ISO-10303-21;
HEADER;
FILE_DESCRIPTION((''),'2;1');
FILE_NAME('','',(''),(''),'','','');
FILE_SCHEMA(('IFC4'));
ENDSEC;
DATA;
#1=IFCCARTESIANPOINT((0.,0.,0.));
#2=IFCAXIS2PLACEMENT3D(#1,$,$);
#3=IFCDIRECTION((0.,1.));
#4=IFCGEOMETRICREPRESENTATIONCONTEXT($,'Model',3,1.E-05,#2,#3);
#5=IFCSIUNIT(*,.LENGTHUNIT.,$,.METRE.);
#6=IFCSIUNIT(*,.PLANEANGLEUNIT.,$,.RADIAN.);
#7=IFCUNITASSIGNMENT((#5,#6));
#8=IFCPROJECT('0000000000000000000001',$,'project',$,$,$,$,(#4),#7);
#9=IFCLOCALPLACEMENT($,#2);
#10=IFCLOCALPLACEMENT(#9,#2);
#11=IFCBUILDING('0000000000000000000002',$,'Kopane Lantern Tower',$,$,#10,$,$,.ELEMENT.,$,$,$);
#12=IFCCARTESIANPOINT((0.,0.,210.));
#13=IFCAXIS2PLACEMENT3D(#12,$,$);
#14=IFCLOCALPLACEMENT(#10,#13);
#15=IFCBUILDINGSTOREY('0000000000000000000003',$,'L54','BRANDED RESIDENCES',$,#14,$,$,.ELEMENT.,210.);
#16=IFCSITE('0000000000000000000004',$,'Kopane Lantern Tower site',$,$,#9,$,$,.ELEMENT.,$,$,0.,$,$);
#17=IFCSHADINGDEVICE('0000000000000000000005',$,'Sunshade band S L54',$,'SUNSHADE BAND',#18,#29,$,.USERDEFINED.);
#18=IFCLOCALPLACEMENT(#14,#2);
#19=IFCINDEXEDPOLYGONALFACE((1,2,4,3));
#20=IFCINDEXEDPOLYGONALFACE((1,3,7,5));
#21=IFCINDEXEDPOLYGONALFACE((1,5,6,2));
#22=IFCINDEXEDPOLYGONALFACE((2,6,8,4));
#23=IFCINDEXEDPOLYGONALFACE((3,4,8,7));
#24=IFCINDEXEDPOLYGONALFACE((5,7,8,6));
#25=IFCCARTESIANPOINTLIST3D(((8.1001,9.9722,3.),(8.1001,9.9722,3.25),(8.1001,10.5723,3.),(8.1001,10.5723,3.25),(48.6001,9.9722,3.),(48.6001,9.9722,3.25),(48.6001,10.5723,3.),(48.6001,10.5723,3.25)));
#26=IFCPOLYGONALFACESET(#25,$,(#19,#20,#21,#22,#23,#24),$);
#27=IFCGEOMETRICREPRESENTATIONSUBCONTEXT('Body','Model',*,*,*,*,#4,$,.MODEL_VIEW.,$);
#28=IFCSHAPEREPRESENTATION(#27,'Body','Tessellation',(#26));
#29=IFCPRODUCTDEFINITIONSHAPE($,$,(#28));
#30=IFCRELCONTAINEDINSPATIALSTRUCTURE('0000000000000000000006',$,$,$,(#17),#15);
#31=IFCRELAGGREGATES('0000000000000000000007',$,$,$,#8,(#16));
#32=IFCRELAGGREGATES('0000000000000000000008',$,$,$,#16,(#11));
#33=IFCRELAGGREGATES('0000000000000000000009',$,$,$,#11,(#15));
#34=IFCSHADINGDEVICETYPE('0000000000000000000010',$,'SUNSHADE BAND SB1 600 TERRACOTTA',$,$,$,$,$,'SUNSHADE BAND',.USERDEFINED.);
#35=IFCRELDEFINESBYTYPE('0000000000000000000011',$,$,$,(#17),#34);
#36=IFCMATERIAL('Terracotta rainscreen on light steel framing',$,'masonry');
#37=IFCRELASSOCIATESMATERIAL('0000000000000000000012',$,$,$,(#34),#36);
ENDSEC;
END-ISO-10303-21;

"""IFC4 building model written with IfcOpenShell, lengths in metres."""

from ifc_helpers import new_model, si_unit, direction, frame, origin, origin_2d, place, context, subcontext, project, spatial, rectangle, extrude, material, type_object, element, save


model = new_model("IFC4")

# Units and contexts
model_context = context("Model", 3, precision=1e-05, world=origin(), true_north=direction((0.0, 1.0)))
body_context = subcontext(model_context, "Body", "Model", "MODEL_VIEW")
ifc_project = project(units=[si_unit("LENGTHUNIT", "METRE"), si_unit("PLANEANGLEUNIT", "RADIAN")], contexts=[model_context])

# Site, building, storey
site_placement = place(None, origin())
site = spatial("IfcSite", under=ifc_project, at=site_placement, Name="Kopane Lantern Tower site", CompositionType="ELEMENT", RefElevation=0.0)
building_placement = place(site_placement, origin())
building = spatial("IfcBuilding", under=site, at=building_placement, Name="Kopane Lantern Tower", CompositionType="ELEMENT")
storey_placement = place(building_placement, frame((0.0, 0.0, 210.0)))
storey = spatial("IfcBuildingStorey", under=building, at=storey_placement, Name="L54", Description="BRANDED RESIDENCES", CompositionType="ELEMENT", Elevation=210.0)

# Shading device
ifc_material_1 = material(Name="Terracotta rainscreen on light steel framing", Category="masonry")
shading_device_type = type_object("IfcShadingDeviceType", Name="SUNSHADE BAND SB1 600 TERRACOTTA", ElementType="SUNSHADE BAND", PredefinedType="USERDEFINED", material=ifc_material_1)
shading_device_placement = place(storey_placement, frame((28.3501, 10.2722, 3.0), z_axis=(0.0, 0.0, 1.0), x_axis=(1.0, 0.0, 0.0)))
element("IfcShadingDevice", 1, at=shading_device_placement, inside=storey, type_object=shading_device_type, Name="Sunshade band S L54", ObjectType="SUNSHADE BAND", PredefinedType="USERDEFINED", context=body_context, shape_type="SweptSolid", body=[
    extrude(rectangle(XDim=40.5, YDim=0.6001, at=origin_2d()), origin(), (0.0, 0.0, 1.0), 0.25),
])

save(model, "model.ifc")
